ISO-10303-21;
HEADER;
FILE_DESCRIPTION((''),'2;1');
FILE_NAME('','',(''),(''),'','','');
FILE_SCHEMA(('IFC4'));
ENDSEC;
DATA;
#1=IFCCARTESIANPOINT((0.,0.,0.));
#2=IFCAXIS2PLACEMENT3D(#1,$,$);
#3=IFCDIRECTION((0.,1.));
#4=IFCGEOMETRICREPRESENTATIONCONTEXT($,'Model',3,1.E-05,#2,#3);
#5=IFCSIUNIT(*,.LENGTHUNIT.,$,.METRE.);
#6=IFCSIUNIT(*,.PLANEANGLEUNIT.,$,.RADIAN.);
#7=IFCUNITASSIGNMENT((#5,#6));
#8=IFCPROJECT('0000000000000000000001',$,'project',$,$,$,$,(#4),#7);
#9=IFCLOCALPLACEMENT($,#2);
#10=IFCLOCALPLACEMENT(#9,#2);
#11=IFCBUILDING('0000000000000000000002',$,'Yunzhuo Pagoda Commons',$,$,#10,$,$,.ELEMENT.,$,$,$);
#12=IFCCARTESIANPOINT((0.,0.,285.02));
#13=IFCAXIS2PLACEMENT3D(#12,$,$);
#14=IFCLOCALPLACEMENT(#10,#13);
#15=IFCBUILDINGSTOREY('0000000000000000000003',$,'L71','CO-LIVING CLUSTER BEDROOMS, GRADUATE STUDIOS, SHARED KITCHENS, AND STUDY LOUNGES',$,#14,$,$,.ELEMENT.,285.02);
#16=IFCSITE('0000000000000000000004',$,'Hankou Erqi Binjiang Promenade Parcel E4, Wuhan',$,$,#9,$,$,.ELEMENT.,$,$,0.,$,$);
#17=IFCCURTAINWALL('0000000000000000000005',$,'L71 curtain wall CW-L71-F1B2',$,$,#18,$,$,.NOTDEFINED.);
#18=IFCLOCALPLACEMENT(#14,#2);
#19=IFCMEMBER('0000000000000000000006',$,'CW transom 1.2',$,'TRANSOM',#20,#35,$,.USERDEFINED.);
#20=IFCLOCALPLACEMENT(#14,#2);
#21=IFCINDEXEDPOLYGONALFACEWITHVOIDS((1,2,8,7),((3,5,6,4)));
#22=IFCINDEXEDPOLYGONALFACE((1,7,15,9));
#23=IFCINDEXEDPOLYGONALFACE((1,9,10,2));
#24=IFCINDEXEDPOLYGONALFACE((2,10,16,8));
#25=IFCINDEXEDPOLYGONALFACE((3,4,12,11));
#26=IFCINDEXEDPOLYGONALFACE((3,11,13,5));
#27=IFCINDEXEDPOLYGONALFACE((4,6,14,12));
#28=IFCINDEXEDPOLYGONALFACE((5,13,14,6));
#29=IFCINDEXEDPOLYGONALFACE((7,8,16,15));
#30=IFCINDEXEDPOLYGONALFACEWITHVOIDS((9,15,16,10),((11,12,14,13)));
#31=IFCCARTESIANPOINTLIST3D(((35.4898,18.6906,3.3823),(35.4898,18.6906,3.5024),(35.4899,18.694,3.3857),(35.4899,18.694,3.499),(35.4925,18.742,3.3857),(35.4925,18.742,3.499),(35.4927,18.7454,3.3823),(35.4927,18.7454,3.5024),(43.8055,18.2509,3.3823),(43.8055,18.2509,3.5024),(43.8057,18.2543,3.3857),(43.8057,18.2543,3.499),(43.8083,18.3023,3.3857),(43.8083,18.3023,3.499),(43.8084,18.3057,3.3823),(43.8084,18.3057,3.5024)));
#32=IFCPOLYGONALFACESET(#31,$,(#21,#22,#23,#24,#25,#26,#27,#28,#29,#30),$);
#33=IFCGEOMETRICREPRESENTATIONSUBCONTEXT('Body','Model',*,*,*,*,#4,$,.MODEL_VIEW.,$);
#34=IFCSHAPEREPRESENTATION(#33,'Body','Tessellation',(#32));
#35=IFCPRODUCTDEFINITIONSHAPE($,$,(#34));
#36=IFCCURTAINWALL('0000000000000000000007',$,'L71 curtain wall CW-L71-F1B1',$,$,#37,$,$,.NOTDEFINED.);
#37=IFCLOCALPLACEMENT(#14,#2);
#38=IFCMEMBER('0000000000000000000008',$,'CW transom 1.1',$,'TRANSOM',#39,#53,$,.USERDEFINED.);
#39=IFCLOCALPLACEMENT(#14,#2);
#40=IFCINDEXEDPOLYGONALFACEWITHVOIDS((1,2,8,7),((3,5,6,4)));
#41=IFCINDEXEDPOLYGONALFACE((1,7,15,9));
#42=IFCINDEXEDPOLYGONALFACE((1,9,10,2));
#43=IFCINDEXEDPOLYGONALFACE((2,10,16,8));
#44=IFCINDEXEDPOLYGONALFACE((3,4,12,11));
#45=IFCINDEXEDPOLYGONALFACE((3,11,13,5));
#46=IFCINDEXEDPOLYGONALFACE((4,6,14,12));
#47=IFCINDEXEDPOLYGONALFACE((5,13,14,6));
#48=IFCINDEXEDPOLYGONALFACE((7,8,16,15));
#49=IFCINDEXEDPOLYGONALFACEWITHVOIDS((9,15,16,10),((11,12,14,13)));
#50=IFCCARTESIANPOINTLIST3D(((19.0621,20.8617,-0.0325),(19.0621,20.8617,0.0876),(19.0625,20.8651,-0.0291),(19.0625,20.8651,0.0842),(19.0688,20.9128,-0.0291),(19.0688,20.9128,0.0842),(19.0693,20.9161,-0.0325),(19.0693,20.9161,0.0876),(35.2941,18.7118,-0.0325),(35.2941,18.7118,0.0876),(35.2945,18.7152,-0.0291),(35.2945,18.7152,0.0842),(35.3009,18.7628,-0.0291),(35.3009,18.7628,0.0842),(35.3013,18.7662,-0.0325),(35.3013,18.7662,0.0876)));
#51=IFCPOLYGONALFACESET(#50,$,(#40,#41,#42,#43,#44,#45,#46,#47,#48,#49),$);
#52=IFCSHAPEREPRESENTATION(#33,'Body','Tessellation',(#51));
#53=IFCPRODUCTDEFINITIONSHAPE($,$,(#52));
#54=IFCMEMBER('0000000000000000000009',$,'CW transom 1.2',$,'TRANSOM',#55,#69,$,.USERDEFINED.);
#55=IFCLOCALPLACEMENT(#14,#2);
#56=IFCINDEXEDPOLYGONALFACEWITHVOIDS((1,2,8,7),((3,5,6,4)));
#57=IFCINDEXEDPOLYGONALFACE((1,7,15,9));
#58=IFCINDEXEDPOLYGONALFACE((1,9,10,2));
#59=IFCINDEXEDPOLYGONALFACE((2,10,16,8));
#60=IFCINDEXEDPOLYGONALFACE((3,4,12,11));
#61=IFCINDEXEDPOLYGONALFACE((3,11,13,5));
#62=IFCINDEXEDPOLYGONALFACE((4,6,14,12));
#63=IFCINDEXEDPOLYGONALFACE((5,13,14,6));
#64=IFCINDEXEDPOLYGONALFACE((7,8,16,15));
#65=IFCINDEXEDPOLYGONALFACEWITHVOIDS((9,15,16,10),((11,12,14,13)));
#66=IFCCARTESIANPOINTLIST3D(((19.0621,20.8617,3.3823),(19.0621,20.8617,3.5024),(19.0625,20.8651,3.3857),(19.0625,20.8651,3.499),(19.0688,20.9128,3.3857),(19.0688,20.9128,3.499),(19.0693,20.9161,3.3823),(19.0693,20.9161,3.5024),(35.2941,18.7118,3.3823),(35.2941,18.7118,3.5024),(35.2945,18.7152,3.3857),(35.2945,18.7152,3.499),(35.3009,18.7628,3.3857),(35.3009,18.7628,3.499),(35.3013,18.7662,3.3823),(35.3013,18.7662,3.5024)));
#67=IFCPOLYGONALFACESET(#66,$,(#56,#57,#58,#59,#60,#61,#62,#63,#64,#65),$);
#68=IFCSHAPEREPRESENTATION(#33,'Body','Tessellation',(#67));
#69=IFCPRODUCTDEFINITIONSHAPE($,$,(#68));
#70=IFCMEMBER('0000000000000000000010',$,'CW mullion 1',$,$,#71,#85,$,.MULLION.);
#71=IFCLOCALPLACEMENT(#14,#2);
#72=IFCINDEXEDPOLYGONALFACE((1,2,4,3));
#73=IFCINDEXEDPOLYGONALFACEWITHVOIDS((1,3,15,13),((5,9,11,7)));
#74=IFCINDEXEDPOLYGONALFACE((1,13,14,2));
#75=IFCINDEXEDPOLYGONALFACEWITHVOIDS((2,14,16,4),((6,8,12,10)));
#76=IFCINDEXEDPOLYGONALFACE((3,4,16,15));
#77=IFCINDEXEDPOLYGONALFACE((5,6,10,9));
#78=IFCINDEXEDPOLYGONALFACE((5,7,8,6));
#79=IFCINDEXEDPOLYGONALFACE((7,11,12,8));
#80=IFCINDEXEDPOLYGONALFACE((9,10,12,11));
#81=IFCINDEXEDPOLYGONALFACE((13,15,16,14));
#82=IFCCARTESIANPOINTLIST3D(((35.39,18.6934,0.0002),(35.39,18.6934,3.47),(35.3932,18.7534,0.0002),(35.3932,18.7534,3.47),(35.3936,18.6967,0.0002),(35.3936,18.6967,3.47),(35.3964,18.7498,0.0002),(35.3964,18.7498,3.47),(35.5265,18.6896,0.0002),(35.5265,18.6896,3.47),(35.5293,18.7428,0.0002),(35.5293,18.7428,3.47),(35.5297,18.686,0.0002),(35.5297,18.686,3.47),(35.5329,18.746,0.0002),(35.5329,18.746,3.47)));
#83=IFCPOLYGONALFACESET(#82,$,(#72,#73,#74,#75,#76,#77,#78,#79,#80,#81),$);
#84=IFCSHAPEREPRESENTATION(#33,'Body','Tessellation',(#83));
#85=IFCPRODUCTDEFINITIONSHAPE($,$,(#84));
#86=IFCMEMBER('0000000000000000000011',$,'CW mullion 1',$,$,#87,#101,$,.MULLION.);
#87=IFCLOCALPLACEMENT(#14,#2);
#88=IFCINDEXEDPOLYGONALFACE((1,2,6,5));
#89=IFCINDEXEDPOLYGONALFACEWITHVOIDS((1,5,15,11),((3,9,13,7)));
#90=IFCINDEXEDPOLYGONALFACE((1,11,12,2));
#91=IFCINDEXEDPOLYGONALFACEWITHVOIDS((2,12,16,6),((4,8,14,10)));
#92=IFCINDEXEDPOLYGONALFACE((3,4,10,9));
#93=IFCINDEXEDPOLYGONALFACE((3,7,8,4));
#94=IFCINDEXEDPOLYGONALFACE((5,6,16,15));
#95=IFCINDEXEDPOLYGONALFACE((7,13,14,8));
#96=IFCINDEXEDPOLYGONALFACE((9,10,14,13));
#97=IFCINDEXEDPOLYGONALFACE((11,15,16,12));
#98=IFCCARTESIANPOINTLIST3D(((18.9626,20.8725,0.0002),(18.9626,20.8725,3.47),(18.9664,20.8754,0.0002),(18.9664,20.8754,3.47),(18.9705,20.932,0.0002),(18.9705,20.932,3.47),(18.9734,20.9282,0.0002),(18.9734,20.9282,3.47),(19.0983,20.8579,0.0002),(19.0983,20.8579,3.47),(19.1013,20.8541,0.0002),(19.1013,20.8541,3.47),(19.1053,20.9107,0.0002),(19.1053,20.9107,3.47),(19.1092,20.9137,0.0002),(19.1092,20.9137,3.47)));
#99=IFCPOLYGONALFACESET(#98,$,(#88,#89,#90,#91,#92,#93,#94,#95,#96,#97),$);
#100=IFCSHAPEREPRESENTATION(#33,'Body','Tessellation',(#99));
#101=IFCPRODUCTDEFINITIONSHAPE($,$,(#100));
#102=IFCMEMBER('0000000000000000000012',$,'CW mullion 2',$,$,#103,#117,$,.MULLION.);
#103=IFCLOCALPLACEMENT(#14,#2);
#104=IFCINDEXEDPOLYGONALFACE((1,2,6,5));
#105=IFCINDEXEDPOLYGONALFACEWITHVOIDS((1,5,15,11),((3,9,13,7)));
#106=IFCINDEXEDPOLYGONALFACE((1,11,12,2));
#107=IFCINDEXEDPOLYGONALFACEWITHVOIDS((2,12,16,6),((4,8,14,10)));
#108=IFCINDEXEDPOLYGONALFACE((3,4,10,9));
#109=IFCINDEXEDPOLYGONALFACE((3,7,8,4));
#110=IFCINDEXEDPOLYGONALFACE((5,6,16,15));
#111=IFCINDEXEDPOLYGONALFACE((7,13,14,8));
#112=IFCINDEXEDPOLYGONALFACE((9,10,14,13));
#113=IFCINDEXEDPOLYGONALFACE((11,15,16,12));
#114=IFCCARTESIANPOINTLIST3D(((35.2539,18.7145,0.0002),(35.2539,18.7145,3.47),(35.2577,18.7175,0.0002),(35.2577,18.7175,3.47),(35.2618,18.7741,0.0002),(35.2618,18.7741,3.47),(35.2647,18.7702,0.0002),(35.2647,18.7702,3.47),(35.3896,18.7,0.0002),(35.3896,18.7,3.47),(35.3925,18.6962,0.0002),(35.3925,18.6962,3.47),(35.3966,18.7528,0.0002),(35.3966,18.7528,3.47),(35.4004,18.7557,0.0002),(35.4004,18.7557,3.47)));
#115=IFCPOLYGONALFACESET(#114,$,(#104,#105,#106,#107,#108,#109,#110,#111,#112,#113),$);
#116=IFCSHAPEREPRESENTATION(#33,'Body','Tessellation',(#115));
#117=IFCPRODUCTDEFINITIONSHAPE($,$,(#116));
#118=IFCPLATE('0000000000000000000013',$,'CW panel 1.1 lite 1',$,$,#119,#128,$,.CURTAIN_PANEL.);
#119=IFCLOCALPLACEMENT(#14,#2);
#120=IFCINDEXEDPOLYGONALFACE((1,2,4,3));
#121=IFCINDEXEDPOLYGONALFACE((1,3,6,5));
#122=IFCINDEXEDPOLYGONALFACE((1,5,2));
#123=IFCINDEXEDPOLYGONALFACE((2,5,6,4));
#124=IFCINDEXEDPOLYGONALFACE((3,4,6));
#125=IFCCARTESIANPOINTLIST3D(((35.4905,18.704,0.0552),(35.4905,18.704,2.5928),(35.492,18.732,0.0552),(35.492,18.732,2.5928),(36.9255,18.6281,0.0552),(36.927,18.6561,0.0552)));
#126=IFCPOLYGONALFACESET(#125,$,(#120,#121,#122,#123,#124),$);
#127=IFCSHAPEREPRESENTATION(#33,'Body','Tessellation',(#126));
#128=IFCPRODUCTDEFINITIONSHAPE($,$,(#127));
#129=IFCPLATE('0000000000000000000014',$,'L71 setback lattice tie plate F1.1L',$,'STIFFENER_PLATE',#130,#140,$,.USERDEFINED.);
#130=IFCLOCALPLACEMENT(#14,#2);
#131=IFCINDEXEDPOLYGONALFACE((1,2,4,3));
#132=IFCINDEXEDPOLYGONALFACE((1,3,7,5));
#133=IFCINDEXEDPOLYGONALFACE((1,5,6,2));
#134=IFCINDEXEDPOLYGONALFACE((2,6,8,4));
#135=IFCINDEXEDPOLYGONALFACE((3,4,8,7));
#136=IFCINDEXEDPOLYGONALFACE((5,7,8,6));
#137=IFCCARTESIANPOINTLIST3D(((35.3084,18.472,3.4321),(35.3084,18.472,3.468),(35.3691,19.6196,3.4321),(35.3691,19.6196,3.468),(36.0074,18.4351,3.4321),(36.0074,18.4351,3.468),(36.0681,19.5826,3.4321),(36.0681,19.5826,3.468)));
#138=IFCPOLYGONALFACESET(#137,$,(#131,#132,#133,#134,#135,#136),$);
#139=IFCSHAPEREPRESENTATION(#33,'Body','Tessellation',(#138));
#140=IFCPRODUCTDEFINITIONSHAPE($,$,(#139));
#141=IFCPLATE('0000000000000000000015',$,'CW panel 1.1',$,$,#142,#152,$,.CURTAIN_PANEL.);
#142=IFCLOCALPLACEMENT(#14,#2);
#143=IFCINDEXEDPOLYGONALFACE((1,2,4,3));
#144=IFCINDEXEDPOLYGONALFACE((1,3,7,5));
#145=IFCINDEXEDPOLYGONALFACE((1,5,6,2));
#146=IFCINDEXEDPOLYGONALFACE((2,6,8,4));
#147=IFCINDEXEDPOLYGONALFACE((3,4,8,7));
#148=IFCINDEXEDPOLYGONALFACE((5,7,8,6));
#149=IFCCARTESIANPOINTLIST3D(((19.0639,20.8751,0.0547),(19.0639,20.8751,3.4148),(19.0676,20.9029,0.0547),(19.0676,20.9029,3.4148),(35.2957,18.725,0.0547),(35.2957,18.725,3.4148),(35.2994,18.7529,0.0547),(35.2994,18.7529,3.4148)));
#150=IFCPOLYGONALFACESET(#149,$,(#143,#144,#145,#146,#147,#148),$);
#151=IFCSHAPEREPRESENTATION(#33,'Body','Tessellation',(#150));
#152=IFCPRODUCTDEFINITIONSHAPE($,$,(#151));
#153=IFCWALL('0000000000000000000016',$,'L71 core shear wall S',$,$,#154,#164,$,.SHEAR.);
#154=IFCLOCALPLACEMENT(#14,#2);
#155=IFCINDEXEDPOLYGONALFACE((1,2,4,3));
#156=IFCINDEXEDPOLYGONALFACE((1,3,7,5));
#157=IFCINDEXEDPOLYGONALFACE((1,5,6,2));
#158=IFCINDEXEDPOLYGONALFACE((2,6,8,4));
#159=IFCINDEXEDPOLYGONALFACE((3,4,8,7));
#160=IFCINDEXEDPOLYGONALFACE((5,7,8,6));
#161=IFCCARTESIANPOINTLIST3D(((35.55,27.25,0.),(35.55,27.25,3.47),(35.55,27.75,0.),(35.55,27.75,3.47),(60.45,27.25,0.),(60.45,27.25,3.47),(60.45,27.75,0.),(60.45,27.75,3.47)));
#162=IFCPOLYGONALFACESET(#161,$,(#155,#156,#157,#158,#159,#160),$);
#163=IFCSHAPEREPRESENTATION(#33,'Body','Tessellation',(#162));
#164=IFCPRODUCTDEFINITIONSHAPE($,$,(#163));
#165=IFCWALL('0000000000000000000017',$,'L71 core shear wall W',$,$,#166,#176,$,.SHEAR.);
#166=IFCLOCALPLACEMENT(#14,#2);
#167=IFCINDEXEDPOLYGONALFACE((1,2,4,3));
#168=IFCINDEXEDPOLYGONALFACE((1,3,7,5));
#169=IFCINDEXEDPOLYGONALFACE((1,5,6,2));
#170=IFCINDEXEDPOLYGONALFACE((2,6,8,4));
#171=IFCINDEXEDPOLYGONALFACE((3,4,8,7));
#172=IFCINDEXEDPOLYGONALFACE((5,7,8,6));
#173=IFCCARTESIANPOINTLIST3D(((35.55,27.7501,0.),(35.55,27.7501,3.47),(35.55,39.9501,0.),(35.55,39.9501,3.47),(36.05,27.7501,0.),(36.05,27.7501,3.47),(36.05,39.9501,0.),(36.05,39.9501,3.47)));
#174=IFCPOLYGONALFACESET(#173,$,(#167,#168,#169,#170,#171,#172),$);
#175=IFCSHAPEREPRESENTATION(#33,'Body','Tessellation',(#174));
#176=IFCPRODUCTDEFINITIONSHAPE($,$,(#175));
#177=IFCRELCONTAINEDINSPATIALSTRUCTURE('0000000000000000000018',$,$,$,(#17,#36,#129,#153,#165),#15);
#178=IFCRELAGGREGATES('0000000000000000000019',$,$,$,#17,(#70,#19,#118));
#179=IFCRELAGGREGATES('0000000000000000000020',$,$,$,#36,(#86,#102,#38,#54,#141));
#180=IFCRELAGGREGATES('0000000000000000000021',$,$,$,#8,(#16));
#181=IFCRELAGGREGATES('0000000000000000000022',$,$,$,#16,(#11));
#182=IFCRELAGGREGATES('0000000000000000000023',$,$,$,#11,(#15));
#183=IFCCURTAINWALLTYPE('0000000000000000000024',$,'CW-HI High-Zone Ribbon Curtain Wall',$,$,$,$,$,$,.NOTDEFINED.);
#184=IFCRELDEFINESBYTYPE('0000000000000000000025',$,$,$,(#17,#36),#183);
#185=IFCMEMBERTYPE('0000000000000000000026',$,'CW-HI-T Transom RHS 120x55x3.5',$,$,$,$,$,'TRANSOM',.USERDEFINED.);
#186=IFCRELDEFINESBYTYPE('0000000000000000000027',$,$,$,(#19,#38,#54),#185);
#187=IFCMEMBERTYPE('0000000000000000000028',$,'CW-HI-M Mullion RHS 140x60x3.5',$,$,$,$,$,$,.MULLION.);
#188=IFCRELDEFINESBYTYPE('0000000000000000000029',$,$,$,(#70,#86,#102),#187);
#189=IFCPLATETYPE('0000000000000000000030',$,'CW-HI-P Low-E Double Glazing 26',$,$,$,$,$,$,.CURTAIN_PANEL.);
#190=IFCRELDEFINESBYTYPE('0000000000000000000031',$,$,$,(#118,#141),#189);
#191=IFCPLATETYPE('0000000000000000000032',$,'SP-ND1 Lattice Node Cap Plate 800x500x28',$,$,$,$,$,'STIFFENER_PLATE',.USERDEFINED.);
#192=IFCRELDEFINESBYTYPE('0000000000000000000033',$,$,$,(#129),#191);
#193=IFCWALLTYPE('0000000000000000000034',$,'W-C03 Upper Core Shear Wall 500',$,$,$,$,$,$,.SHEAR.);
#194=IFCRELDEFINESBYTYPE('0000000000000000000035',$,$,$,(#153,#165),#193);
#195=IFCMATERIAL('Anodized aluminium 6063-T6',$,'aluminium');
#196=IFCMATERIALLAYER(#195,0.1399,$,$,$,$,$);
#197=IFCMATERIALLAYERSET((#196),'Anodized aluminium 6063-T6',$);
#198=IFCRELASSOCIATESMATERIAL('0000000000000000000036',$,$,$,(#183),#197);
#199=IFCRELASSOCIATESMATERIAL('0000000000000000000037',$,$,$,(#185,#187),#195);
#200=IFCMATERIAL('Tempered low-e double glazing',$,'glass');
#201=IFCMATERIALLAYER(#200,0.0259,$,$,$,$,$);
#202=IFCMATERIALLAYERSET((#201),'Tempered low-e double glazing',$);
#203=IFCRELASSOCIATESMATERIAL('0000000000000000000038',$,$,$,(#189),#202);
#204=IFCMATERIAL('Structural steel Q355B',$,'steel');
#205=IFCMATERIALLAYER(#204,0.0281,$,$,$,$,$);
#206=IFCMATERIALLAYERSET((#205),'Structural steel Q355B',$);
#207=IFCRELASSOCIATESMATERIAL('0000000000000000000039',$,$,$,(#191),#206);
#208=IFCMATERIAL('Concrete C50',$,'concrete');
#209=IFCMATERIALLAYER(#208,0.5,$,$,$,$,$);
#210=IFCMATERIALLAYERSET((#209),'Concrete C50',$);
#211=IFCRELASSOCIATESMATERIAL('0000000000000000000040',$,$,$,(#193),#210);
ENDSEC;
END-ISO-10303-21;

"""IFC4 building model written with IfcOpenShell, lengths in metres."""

from ifc_helpers import new_model, si_unit, direction, frame, frame_2d, origin, origin_2d, place, context, subcontext, project, spatial, polyline, rectangle, hollow_rectangle, outline, extrude, source, transform, mapped, material, layer, layer_set, material_profile, profile_set, type_object, element, aggregate, save


model = new_model("IFC4")

# Units and contexts
model_context = context("Model", 3, precision=1e-05, world=origin(), true_north=direction((0.0, 1.0)))
body_context = subcontext(model_context, "Body", "Model", "MODEL_VIEW")
ifc_project = project(units=[si_unit("LENGTHUNIT", "METRE"), si_unit("PLANEANGLEUNIT", "RADIAN")], contexts=[model_context])

# Site, building, storey
site_placement = place(None, origin())
site = spatial("IfcSite", under=ifc_project, at=site_placement, Name="Hankou Erqi Binjiang Promenade Parcel E4, Wuhan", CompositionType="ELEMENT", RefElevation=0.0)
building_placement = place(site_placement, origin())
building = spatial("IfcBuilding", under=site, at=building_placement, Name="Yunzhuo Pagoda Commons", CompositionType="ELEMENT")
storey_placement = place(building_placement, frame((0.0, 0.0, 285.02)))
storey = spatial("IfcBuildingStorey", under=building, at=storey_placement, Name="L71", Description="CO-LIVING CLUSTER BEDROOMS, GRADUATE STUDIOS, SHARED KITCHENS, AND STUDY LOUNGES", CompositionType="ELEMENT", Elevation=285.02)

# Shared definitions
ifc_material_1 = material(Name="Structural steel Q355B", Category="steel")

# Curtain walls, members
ifc_material_2 = material(Name="Anodized aluminium 6063-T6", Category="aluminium")
ifc_layer_1 = layer(ifc_material_2, 0.1399)
ifc_layer_set_1 = layer_set([ifc_layer_1], Name="Anodized aluminium 6063-T6")
curtain_wall_type = type_object("IfcCurtainWallType", Name="CW-HI High-Zone Ribbon Curtain Wall", PredefinedType="NOTDEFINED", material=ifc_layer_set_1)
curtain_wall_1_placement = place(storey_placement, origin())
curtain_wall_1 = element("IfcCurtainWall", 1, at=curtain_wall_1_placement, inside=storey, type_object=curtain_wall_type, Name="L71 curtain wall CW-L71-F1B2", PredefinedType="NOTDEFINED")
ifc_material_profile_1 = material_profile(ifc_material_2, hollow_rectangle(XDim=0.0549, YDim=0.1201, WallThickness=0.0034, at=origin_2d()), Name="Anodized aluminium 6063-T6")
ifc_profile_set_1 = profile_set([ifc_material_profile_1], Name="Anodized aluminium 6063-T6")
member_type_1 = type_object("IfcMemberType", Name="CW-HI-T Transom RHS 120x55x3.5", ElementType="TRANSOM", PredefinedType="USERDEFINED", material=ifc_profile_set_1)
shared_shape_1 = source(origin(), body_context, "Body", "SweptSolid", [
    extrude(hollow_rectangle(XDim=0.0549, YDim=0.1201, WallThickness=0.0034, at=origin_2d()), origin(), (0.0, 0.0, 1.0), 8.3274),
])
member_1_placement = place(storey_placement, frame((35.4912, 18.718, 3.4424), z_axis=(0.998605, -0.052802, 0.0), x_axis=(0.052802, 0.998605, 0.0)))
member_1 = element("IfcMember", 2, at=member_1_placement, type_object=member_type_1, Name="CW transom 1.2", ObjectType="TRANSOM", PredefinedType="USERDEFINED", context=body_context, shape_type="MappedRepresentation", body=[
    mapped(shared_shape_1, transform((0.0, 0.0, 0.0), scale=1.0)),
])
curtain_wall_2_placement = place(storey_placement, origin())
curtain_wall_2 = element("IfcCurtainWall", 3, at=curtain_wall_2_placement, inside=storey, type_object=curtain_wall_type, Name="L71 curtain wall CW-L71-F1B1", PredefinedType="NOTDEFINED")
shared_shape_2 = source(origin(), body_context, "Body", "SweptSolid", [
    extrude(hollow_rectangle(XDim=0.0549, YDim=0.1201, WallThickness=0.0034, at=origin_2d()), origin(), (0.0, 0.0, 1.0), 16.3738),
])
member_2_placement = place(storey_placement, frame((19.0657, 20.8889, 0.0276), z_axis=(0.991342, -0.131302, 0.0), x_axis=(0.131302, 0.991342, 0.0)))
member_2 = element("IfcMember", 4, at=member_2_placement, type_object=member_type_1, Name="CW transom 1.1", ObjectType="TRANSOM", PredefinedType="USERDEFINED", context=body_context, shape_type="MappedRepresentation", body=[
    mapped(shared_shape_2, transform((0.0, 0.0, 0.0), scale=1.0)),
])
member_3_placement = place(storey_placement, frame((19.0657, 20.8889, 3.4424), z_axis=(0.991342, -0.131302, 0.0), x_axis=(0.131302, 0.991342, 0.0)))
member_3 = element("IfcMember", 5, at=member_3_placement, type_object=member_type_1, Name="CW transom 1.2", ObjectType="TRANSOM", PredefinedType="USERDEFINED", context=body_context, shape_type="MappedRepresentation", body=[
    mapped(shared_shape_2, transform((0.0, 0.0, 0.0), scale=1.0)),
])

# Members
ifc_material_profile_2 = material_profile(ifc_material_2, hollow_rectangle(XDim=0.0601, YDim=0.1399, WallThickness=0.0034, at=origin_2d()), Name="Anodized aluminium 6063-T6")
ifc_profile_set_2 = profile_set([ifc_material_profile_2], Name="Anodized aluminium 6063-T6")
member_type_2 = type_object("IfcMemberType", Name="CW-HI-M Mullion RHS 140x60x3.5", PredefinedType="MULLION", material=ifc_profile_set_2)
shared_shape_3 = source(origin(), body_context, "Body", "SweptSolid", [
    extrude(hollow_rectangle(XDim=0.0601, YDim=0.1399, WallThickness=0.0034, at=origin_2d()), origin(), (0.0, 0.0, 1.0), 3.4697),
])
member_4_placement = place(storey_placement, frame((35.4614, 18.7197, 0.0002), z_axis=(0.0, 0.0, 1.0), x_axis=(0.052822, 0.998604, 0.0)))
member_4 = element("IfcMember", 6, at=member_4_placement, type_object=member_type_2, Name="CW mullion 1", PredefinedType="MULLION", context=body_context, shape_type="MappedRepresentation", body=[
    mapped(shared_shape_3, transform((0.0, 0.0, 0.0), scale=1.0)),
])
member_5_placement = place(storey_placement, frame((19.0359, 20.8931, 0.0002), z_axis=(0.0, 0.0, 1.0), x_axis=(0.131311, 0.991341, 0.0)))
member_5 = element("IfcMember", 7, at=member_5_placement, type_object=member_type_2, Name="CW mullion 1", PredefinedType="MULLION", context=body_context, shape_type="MappedRepresentation", body=[
    mapped(shared_shape_3, transform((0.0, 0.0, 0.0), scale=1.0)),
])
member_6_placement = place(storey_placement, frame((35.3271, 18.7351, 0.0002), z_axis=(0.0, 0.0, 1.0), x_axis=(0.131311, 0.991341, 0.0)))
member_6 = element("IfcMember", 8, at=member_6_placement, type_object=member_type_2, Name="CW mullion 2", PredefinedType="MULLION", context=body_context, shape_type="MappedRepresentation", body=[
    mapped(shared_shape_3, transform((0.0, 0.0, 0.0), scale=1.0)),
])

# Plates
ifc_material_3 = material(Name="Tempered low-e double glazing", Category="glass")
ifc_layer_2 = layer(ifc_material_3, 0.0259)
ifc_layer_set_2 = layer_set([ifc_layer_2], Name="Tempered low-e double glazing")
plate_type_1 = type_object("IfcPlateType", Name="CW-HI-P Low-E Double Glazing 26", PredefinedType="CURTAIN_PANEL", material=ifc_layer_set_2)
plate_1_placement = place(storey_placement, frame((36.2095, 18.6941, 1.324), z_axis=(-0.052822, -0.998604, 0.0), x_axis=(0.998604, -0.052822, 0.0)))
plate_1 = element("IfcPlate", 9, at=plate_1_placement, type_object=plate_type_1, Name="CW panel 1.1 lite 1", PredefinedType="CURTAIN_PANEL", context=body_context, shape_type="SweptSolid", body=[
    extrude(outline(polyline([(-0.7185, -1.2688), (0.7185, -1.2688), (-0.7185, 1.2688), (-0.7185, -1.2688)])), origin(), (0.0, 0.0, 1.0), 0.0281),
])
aggregate(curtain_wall_1, [member_4, member_1, plate_1])
ifc_layer_3 = layer(ifc_material_1, 0.0281)
ifc_layer_set_3 = layer_set([ifc_layer_3], Name="Structural steel Q355B")
plate_type_2 = type_object("IfcPlateType", Name="SP-ND1 Lattice Node Cap Plate 800x500x28", ElementType="STIFFENER_PLATE", PredefinedType="USERDEFINED", material=ifc_layer_set_3)
shared_shape_4 = source(origin(), body_context, "Body", "SweptSolid", [
    extrude(rectangle(XDim=0.7, YDim=1.1492, at=origin_2d()), origin(), (0.0, 0.0, 1.0), 0.0359),
])
plate_2_placement = place(storey_placement, frame((35.6882, 19.0273, 3.4321), z_axis=(0.0, 0.0, 1.0), x_axis=(0.998604, -0.052824, 0.0)))
element("IfcPlate", 10, at=plate_2_placement, inside=storey, type_object=plate_type_2, Name="L71 setback lattice tie plate F1.1L", ObjectType="STIFFENER_PLATE", PredefinedType="USERDEFINED", context=body_context, shape_type="MappedRepresentation", body=[
    mapped(shared_shape_4, transform((0.0, 0.0, 0.0), scale=1.0)),
])
shared_shape_5 = source(origin(), body_context, "Body", "SweptSolid", [
    extrude(rectangle(XDim=16.3735, YDim=0.0281, at=origin_2d()), origin(), (0.0, 0.0, 1.0), 3.3601),
])
plate_3_placement = place(storey_placement, frame((27.1816, 19.814, 0.0547), z_axis=(0.0, 0.0, 1.0), x_axis=(0.991341, -0.131311, 0.0)))
plate_3 = element("IfcPlate", 11, at=plate_3_placement, type_object=plate_type_1, Name="CW panel 1.1", PredefinedType="CURTAIN_PANEL", context=body_context, shape_type="MappedRepresentation", body=[
    mapped(shared_shape_5, transform((0.0, 0.0, 0.0), scale=1.0)),
])
aggregate(curtain_wall_2, [member_5, member_6, member_2, member_3, plate_3])

# Walls
ifc_material_4 = material(Name="Concrete C50", Category="concrete")
ifc_layer_4 = layer(ifc_material_4, 0.5)
ifc_layer_set_4 = layer_set([ifc_layer_4], Name="Concrete C50")
wall_type_1 = type_object("IfcWallType", Name="W-C03 Upper Core Shear Wall 500", PredefinedType="SHEAR", material=ifc_layer_set_4)
wall_1_placement = place(storey_placement, frame((35.55, 27.5, 0.0), z_axis=(0.0, 0.0, 1.0), x_axis=(1.0, 0.0, 0.0)))
element("IfcWall", 12, at=wall_1_placement, inside=storey, type_object=wall_type_1, Name="L71 core shear wall S", PredefinedType="SHEAR", context=body_context, shape_type="SweptSolid", body=[
    extrude(rectangle(XDim=24.8999, YDim=0.5, at=frame_2d((12.45, 0.0))), origin(), (0.0, 0.0, 1.0), 3.47),
])
wall_2_placement = place(storey_placement, frame((35.8, 27.75, 0.0), z_axis=(0.0, 0.0, 1.0), x_axis=(0.0, 1.0, 0.0)))
element("IfcWall", 13, at=wall_2_placement, inside=storey, type_object=wall_type_1, Name="L71 core shear wall W", PredefinedType="SHEAR", context=body_context, shape_type="SweptSolid", body=[
    extrude(rectangle(XDim=12.2, YDim=0.5, at=frame_2d((6.1001, 0.0))), origin(), (0.0, 0.0, 1.0), 3.47),
])

save(model, "model.ifc")
